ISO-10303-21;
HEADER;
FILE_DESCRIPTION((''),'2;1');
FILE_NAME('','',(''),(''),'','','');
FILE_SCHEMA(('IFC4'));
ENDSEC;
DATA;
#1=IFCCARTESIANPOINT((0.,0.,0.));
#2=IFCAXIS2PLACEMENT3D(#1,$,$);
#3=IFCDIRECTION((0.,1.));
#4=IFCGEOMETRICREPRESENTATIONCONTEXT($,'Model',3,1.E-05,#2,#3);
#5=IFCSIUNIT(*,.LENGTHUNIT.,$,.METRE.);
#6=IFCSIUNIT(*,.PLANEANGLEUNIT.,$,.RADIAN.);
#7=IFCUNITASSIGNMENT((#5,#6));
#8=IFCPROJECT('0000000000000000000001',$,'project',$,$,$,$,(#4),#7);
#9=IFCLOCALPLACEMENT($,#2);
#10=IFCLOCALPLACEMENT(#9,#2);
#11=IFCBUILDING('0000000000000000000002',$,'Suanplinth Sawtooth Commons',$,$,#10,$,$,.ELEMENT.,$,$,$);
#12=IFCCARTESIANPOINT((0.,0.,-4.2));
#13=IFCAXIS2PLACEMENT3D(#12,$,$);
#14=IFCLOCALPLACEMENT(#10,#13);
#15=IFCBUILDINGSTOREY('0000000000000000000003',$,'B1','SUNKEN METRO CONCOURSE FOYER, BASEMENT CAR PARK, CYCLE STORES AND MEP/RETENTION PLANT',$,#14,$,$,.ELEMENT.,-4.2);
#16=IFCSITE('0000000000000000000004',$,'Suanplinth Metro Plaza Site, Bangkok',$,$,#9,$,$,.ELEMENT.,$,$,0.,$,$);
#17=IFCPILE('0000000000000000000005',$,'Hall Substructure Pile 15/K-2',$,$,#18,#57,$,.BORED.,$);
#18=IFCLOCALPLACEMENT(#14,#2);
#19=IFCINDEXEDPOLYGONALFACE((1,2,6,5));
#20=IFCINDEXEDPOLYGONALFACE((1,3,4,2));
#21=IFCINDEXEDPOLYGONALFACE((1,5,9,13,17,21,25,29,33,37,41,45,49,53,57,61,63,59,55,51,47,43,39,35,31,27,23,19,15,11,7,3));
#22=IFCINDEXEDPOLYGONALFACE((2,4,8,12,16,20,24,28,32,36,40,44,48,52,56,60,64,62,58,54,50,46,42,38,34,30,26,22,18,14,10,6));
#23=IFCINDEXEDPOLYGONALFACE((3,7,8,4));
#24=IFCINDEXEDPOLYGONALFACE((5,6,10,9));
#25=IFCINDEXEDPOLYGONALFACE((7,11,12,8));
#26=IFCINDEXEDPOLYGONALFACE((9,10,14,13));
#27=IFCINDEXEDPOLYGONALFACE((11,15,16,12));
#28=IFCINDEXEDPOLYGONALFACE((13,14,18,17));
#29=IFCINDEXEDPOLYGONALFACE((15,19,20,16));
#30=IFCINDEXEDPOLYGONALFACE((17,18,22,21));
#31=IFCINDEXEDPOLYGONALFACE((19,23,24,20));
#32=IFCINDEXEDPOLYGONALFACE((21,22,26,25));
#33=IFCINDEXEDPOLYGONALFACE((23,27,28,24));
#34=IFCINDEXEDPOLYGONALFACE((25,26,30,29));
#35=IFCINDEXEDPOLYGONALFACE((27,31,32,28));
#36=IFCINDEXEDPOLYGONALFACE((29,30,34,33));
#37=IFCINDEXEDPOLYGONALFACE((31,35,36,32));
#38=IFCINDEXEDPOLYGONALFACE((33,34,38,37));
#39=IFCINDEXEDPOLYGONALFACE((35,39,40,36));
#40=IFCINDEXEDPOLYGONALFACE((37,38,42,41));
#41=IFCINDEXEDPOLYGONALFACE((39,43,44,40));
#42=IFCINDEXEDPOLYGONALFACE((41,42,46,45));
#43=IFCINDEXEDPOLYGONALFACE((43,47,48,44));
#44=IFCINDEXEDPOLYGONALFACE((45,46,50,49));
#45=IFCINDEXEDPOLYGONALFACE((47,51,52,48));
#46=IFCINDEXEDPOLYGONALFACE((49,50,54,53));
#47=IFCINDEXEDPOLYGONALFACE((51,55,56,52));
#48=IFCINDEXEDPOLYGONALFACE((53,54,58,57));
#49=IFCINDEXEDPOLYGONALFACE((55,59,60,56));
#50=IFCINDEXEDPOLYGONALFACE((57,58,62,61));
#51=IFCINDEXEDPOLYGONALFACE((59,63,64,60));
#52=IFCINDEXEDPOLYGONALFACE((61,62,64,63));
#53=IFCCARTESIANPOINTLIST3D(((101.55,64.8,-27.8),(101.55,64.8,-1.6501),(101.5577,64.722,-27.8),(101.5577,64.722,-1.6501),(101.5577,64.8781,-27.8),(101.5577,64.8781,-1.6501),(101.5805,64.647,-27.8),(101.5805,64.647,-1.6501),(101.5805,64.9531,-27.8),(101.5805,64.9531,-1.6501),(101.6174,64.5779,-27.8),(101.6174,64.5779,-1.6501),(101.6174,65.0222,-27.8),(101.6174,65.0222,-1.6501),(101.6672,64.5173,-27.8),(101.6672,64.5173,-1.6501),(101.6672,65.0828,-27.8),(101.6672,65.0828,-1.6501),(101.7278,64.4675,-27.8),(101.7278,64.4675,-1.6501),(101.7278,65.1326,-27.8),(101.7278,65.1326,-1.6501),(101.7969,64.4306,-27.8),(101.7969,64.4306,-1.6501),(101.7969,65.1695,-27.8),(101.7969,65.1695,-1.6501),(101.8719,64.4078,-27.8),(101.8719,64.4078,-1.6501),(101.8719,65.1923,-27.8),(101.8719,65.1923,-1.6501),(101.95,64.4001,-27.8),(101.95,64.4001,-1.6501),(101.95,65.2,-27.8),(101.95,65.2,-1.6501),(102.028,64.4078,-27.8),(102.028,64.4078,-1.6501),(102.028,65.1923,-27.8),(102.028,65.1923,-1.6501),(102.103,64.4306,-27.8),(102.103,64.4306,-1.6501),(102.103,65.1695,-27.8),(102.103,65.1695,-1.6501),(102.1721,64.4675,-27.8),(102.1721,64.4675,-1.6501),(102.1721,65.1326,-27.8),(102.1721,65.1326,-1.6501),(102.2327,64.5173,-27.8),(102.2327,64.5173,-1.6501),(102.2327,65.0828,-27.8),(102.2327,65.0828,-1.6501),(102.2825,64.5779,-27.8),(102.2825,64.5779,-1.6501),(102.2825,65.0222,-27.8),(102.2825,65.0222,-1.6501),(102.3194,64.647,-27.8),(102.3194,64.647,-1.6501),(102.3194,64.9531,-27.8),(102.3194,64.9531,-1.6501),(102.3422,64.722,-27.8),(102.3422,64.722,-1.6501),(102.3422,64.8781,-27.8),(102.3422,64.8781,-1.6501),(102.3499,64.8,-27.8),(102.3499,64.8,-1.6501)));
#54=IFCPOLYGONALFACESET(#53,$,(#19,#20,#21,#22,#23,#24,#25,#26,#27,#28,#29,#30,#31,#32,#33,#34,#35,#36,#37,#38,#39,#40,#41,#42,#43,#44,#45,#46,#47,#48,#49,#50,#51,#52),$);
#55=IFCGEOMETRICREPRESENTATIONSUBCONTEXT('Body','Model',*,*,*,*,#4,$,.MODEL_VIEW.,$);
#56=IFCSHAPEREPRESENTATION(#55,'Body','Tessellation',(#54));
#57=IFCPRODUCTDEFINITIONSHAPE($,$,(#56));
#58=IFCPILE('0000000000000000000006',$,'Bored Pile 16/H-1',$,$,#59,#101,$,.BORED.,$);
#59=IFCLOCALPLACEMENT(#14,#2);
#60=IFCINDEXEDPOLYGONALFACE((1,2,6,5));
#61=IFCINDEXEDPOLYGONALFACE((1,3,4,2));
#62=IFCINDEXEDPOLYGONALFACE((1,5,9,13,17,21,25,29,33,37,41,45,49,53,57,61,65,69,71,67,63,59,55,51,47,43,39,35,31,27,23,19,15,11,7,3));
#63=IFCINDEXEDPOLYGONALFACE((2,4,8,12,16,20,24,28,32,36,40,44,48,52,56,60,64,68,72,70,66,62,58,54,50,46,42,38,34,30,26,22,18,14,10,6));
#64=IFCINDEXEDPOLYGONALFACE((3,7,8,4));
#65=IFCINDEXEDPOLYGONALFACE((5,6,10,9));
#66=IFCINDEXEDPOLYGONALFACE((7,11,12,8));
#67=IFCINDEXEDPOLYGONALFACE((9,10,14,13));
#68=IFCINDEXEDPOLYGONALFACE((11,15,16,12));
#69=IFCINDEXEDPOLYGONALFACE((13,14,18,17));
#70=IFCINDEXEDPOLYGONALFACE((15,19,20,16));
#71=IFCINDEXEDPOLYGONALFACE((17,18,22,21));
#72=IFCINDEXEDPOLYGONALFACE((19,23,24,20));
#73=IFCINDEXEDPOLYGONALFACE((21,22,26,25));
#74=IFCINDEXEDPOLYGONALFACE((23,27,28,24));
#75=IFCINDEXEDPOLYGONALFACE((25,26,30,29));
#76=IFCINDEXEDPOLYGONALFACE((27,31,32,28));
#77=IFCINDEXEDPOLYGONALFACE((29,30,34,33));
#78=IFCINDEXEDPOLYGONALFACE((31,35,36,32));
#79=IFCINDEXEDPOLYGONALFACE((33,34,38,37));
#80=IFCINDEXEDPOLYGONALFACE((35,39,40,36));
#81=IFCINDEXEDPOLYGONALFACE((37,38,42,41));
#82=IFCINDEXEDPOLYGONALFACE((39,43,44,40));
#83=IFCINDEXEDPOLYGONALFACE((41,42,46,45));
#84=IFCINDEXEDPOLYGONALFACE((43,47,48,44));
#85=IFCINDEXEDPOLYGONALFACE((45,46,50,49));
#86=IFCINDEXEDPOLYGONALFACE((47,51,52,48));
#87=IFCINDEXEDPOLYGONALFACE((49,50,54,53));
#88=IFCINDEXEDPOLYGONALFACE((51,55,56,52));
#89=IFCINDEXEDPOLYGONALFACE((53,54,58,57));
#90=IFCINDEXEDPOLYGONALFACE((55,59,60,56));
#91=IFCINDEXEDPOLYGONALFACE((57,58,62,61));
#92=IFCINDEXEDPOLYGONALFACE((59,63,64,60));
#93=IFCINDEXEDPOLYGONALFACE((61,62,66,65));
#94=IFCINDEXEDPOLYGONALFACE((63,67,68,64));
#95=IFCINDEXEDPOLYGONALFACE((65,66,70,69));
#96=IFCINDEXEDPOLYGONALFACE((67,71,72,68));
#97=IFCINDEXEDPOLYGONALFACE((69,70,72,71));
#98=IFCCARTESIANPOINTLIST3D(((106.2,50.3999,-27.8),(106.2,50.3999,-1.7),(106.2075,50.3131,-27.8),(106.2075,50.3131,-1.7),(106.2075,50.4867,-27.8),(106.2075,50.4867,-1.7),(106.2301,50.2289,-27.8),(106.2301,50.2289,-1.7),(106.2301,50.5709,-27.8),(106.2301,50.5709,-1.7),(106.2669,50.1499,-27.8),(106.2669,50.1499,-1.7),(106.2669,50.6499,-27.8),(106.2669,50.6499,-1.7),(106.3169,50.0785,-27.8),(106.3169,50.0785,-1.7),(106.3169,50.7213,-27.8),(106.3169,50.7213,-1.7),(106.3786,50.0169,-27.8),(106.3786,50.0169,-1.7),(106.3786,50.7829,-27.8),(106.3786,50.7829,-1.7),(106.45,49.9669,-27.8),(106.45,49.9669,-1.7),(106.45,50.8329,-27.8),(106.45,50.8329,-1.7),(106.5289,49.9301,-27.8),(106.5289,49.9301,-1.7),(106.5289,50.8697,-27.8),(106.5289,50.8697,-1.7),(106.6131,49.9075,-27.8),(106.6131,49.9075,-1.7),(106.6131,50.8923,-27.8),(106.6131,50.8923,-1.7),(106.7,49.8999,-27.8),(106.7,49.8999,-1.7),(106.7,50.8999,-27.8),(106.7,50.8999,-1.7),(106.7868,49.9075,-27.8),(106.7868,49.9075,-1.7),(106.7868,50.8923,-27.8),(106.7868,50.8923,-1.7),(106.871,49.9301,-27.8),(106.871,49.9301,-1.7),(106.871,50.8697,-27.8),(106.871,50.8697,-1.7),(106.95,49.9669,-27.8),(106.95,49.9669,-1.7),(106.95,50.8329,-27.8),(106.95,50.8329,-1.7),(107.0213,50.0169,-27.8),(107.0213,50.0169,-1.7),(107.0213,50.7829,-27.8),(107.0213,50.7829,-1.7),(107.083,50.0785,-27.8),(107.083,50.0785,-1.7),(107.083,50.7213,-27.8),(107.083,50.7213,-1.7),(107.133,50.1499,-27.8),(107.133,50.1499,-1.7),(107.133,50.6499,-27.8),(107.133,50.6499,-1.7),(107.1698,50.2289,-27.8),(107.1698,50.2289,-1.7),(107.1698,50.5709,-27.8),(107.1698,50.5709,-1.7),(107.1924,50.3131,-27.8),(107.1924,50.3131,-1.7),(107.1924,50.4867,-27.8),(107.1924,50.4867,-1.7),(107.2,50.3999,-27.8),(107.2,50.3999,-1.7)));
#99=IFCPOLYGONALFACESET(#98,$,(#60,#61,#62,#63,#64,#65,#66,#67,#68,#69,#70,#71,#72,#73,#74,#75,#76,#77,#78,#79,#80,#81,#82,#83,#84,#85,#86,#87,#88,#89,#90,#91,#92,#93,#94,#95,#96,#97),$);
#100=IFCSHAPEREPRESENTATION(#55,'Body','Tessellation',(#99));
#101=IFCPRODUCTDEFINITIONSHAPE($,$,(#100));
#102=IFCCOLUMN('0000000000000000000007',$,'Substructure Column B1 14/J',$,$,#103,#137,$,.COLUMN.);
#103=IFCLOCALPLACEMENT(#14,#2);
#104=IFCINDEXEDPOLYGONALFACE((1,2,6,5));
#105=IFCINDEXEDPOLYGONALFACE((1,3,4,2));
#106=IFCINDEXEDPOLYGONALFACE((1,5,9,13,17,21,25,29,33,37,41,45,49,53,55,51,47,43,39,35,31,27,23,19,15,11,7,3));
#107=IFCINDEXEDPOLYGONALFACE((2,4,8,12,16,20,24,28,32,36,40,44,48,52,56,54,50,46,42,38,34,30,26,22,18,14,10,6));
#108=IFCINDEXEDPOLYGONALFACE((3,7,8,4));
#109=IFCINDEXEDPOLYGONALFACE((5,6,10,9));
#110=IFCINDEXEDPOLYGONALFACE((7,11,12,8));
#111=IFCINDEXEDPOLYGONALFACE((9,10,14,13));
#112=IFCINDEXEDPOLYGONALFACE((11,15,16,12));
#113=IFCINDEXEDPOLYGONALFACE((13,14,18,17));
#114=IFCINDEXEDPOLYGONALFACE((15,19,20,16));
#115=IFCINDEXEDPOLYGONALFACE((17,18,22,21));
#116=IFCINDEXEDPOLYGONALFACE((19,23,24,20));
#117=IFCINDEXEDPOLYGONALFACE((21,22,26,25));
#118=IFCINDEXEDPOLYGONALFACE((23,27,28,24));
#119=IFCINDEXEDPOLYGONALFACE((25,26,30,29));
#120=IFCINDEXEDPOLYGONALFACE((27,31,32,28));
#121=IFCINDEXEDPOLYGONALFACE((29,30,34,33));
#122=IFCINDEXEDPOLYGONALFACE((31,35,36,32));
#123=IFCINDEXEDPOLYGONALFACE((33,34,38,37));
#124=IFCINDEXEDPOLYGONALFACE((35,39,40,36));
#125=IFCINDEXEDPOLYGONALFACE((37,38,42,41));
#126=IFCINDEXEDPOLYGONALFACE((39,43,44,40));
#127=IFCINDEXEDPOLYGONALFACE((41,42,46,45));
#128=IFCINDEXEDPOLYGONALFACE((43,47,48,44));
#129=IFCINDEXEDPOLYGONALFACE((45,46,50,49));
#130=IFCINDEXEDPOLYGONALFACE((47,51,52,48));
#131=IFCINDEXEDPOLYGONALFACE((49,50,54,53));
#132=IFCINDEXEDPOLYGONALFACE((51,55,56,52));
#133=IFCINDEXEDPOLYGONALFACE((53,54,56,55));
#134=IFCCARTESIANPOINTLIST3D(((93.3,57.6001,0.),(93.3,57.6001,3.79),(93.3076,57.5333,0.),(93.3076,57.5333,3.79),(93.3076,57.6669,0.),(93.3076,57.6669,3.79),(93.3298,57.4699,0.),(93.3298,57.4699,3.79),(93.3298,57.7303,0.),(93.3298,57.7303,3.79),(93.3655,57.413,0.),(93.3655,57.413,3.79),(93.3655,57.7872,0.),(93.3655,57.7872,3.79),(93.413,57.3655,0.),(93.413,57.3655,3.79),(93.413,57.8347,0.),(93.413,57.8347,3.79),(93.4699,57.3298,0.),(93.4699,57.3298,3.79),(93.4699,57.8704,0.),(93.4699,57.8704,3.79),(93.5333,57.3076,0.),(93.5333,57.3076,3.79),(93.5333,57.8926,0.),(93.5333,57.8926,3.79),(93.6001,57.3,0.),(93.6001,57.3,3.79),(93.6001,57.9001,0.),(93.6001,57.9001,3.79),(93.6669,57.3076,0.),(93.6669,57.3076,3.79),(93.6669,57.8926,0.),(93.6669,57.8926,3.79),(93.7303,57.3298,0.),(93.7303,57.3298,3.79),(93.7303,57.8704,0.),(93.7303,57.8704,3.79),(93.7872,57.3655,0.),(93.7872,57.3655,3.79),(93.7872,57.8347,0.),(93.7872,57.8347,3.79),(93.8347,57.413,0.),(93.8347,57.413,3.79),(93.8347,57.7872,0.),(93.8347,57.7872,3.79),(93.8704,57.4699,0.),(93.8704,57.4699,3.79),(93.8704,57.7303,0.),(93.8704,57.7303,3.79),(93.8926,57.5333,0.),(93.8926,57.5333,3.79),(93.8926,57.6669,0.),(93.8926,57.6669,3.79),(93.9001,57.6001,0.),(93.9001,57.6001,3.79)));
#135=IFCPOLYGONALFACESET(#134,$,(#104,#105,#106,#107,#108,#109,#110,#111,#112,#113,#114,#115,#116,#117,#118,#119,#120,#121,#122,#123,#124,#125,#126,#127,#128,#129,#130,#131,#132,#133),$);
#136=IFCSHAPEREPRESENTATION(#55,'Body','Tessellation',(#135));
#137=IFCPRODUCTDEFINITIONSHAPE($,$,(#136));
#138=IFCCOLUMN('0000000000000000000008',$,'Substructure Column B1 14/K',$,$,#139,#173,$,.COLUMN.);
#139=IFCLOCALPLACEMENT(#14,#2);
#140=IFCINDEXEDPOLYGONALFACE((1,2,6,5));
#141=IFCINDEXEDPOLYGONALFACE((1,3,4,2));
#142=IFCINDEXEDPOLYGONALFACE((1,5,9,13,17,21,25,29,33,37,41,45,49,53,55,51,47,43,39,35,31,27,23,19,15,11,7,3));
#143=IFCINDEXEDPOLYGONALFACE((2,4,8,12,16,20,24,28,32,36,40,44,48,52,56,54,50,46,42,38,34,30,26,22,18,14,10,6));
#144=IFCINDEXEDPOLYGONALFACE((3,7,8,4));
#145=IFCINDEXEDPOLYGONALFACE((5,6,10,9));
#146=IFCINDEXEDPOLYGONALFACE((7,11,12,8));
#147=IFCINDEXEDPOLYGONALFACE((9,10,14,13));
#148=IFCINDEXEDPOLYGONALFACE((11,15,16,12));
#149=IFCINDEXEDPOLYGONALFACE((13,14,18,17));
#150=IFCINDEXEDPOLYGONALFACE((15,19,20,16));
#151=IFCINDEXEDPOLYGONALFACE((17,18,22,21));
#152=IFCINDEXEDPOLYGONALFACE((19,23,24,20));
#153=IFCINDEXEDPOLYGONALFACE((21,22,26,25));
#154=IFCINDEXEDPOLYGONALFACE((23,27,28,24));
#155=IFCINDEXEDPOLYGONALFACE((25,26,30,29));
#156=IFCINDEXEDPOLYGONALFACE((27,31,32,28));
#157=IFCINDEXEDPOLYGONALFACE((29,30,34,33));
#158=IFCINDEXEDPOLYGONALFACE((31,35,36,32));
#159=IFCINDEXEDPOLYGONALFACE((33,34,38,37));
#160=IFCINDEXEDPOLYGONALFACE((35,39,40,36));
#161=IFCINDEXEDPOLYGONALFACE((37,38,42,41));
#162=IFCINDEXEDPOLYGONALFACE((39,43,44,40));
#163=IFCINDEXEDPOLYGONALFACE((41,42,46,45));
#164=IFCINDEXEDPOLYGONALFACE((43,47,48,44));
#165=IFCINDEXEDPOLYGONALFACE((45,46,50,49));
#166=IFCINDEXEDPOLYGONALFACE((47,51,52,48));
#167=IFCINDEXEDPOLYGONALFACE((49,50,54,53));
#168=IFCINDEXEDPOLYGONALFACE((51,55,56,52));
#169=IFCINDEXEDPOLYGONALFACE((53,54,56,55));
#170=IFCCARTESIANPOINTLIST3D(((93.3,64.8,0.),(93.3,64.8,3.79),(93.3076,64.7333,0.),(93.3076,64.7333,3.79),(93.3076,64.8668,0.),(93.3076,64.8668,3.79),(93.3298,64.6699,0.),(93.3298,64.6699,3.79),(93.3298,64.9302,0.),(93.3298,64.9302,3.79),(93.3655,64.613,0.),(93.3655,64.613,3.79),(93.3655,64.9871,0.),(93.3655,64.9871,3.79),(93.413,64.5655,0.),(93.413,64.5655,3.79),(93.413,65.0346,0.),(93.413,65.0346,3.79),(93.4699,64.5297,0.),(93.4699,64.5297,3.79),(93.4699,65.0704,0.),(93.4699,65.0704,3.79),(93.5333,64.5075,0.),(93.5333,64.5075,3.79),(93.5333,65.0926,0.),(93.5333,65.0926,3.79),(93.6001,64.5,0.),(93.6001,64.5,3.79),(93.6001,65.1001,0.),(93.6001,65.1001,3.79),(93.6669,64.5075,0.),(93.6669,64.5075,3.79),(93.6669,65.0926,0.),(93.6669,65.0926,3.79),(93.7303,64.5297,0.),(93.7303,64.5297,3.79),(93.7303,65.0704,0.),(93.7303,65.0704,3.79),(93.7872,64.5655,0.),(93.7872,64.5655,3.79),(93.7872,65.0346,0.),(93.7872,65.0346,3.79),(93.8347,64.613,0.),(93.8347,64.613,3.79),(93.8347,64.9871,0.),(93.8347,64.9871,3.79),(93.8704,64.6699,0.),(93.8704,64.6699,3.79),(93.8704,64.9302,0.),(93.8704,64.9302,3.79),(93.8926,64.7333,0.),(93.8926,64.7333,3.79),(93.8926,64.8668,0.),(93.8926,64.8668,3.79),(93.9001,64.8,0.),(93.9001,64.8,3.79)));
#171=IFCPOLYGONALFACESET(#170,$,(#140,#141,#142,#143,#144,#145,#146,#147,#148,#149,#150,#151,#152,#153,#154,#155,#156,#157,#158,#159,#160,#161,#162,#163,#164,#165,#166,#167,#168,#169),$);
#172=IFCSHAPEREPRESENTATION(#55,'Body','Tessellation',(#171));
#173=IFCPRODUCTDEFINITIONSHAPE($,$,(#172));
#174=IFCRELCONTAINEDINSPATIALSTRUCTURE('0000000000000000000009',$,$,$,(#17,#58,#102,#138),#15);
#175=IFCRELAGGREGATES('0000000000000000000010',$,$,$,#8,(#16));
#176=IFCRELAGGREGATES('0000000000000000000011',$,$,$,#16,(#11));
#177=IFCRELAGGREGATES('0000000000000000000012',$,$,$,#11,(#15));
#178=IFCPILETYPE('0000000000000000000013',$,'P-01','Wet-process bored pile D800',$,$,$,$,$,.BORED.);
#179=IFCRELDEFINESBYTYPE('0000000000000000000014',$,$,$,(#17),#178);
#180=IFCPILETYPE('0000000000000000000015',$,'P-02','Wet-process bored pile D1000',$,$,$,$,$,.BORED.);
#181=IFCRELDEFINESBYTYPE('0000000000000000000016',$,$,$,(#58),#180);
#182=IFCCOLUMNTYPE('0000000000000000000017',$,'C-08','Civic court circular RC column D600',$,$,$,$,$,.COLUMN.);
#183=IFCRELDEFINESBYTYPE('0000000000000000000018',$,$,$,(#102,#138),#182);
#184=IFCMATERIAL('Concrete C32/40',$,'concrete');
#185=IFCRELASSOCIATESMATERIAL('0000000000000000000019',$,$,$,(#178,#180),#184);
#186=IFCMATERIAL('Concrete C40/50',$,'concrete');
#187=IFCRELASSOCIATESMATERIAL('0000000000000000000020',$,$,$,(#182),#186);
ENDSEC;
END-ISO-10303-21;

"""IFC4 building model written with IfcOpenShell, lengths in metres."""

from ifc_helpers import new_model, si_unit, direction, frame, origin, origin_2d, place, context, subcontext, project, spatial, circle, extrude, material, material_profile, profile_set, type_object, element, save


model = new_model("IFC4")

# Units and contexts
model_context = context("Model", 3, precision=1e-05, world=origin(), true_north=direction((0.0, 1.0)))
body_context = subcontext(model_context, "Body", "Model", "MODEL_VIEW")
ifc_project = project(units=[si_unit("LENGTHUNIT", "METRE"), si_unit("PLANEANGLEUNIT", "RADIAN")], contexts=[model_context])

# Site, building, storey
site_placement = place(None, origin())
site = spatial("IfcSite", under=ifc_project, at=site_placement, Name="Suanplinth Metro Plaza Site, Bangkok", CompositionType="ELEMENT", RefElevation=0.0)
building_placement = place(site_placement, origin())
building = spatial("IfcBuilding", under=site, at=building_placement, Name="Suanplinth Sawtooth Commons", CompositionType="ELEMENT")
storey_placement = place(building_placement, frame((0.0, 0.0, -4.2)))
storey = spatial("IfcBuildingStorey", under=building, at=storey_placement, Name="B1", Description="SUNKEN METRO CONCOURSE FOYER, BASEMENT CAR PARK, CYCLE STORES AND MEP/RETENTION PLANT", CompositionType="ELEMENT", Elevation=-4.2)

# Piles
ifc_material_1 = material(Name="Concrete C32/40", Category="concrete")
ifc_material_profile_1 = material_profile(ifc_material_1, circle(Radius=0.3999, at=origin_2d()), Name="PILE D800")
ifc_profile_set_1 = profile_set([ifc_material_profile_1], Name="Concrete C32/40")
pile_type_1 = type_object("IfcPileType", Name="P-01", Description="Wet-process bored pile D800", PredefinedType="BORED", material=ifc_profile_set_1)
for number, where, z_axis, x_axis, name in (
    (1, (101.95, 64.8, -1.6501), (0.0, 0.0, -1.0), (1.0, 0.0, 0.0), "Hall Substructure Pile 15/K-2"),
):
    element("IfcPile", number, at=place(storey_placement, frame(where, z_axis=z_axis, x_axis=x_axis)), inside=storey, type_object=pile_type_1, Name=name, PredefinedType="BORED", context=body_context, shape_type="SweptSolid", body=[
        extrude(circle(Radius=0.3999, at=origin_2d()), origin(), (0.0, 0.0, 1.0), 26.1499),
    ])
ifc_material_profile_2 = material_profile(ifc_material_1, circle(Radius=0.5, at=origin_2d()), Name="PILE D1000")
ifc_profile_set_2 = profile_set([ifc_material_profile_2], Name="Concrete C32/40")
pile_type_2 = type_object("IfcPileType", Name="P-02", Description="Wet-process bored pile D1000", PredefinedType="BORED", material=ifc_profile_set_2)
pile_placement = place(storey_placement, frame((106.7, 50.3999, -1.7), z_axis=(0.0, 0.0, -1.0), x_axis=(1.0, 0.0, 0.0)))
element("IfcPile", 2, at=pile_placement, inside=storey, type_object=pile_type_2, Name="Bored Pile 16/H-1", PredefinedType="BORED", context=body_context, shape_type="SweptSolid", body=[
    extrude(circle(Radius=0.5, at=origin_2d()), origin(), (0.0, 0.0, 1.0), 26.1001),
])

# Columns
ifc_material_2 = material(Name="Concrete C40/50", Category="concrete")
ifc_material_profile_3 = material_profile(ifc_material_2, circle(Radius=0.3, at=origin_2d()), Name="RC-CIRC D600")
ifc_profile_set_3 = profile_set([ifc_material_profile_3], Name="Concrete C40/50")
column_type_1 = type_object("IfcColumnType", Name="C-08", Description="Civic court circular RC column D600", PredefinedType="COLUMN", material=ifc_profile_set_3)
for number, where, z_axis, x_axis, name in (
    (3, (93.6001, 57.6001, 0.0), (0.0, 0.0, 1.0), (1.0, 0.0, 0.0), "Substructure Column B1 14/J"),
    (4, (93.6001, 64.8, 0.0), (0.0, 0.0, 1.0), (1.0, 0.0, 0.0), "Substructure Column B1 14/K"),
):
    element("IfcColumn", number, at=place(storey_placement, frame(where, z_axis=z_axis, x_axis=x_axis)), inside=storey, type_object=column_type_1, Name=name, PredefinedType="COLUMN", context=body_context, shape_type="SweptSolid", body=[
        extrude(circle(Radius=0.3, at=origin_2d()), origin(), (0.0, 0.0, 1.0), 3.79),
    ])

save(model, "model.ifc")
